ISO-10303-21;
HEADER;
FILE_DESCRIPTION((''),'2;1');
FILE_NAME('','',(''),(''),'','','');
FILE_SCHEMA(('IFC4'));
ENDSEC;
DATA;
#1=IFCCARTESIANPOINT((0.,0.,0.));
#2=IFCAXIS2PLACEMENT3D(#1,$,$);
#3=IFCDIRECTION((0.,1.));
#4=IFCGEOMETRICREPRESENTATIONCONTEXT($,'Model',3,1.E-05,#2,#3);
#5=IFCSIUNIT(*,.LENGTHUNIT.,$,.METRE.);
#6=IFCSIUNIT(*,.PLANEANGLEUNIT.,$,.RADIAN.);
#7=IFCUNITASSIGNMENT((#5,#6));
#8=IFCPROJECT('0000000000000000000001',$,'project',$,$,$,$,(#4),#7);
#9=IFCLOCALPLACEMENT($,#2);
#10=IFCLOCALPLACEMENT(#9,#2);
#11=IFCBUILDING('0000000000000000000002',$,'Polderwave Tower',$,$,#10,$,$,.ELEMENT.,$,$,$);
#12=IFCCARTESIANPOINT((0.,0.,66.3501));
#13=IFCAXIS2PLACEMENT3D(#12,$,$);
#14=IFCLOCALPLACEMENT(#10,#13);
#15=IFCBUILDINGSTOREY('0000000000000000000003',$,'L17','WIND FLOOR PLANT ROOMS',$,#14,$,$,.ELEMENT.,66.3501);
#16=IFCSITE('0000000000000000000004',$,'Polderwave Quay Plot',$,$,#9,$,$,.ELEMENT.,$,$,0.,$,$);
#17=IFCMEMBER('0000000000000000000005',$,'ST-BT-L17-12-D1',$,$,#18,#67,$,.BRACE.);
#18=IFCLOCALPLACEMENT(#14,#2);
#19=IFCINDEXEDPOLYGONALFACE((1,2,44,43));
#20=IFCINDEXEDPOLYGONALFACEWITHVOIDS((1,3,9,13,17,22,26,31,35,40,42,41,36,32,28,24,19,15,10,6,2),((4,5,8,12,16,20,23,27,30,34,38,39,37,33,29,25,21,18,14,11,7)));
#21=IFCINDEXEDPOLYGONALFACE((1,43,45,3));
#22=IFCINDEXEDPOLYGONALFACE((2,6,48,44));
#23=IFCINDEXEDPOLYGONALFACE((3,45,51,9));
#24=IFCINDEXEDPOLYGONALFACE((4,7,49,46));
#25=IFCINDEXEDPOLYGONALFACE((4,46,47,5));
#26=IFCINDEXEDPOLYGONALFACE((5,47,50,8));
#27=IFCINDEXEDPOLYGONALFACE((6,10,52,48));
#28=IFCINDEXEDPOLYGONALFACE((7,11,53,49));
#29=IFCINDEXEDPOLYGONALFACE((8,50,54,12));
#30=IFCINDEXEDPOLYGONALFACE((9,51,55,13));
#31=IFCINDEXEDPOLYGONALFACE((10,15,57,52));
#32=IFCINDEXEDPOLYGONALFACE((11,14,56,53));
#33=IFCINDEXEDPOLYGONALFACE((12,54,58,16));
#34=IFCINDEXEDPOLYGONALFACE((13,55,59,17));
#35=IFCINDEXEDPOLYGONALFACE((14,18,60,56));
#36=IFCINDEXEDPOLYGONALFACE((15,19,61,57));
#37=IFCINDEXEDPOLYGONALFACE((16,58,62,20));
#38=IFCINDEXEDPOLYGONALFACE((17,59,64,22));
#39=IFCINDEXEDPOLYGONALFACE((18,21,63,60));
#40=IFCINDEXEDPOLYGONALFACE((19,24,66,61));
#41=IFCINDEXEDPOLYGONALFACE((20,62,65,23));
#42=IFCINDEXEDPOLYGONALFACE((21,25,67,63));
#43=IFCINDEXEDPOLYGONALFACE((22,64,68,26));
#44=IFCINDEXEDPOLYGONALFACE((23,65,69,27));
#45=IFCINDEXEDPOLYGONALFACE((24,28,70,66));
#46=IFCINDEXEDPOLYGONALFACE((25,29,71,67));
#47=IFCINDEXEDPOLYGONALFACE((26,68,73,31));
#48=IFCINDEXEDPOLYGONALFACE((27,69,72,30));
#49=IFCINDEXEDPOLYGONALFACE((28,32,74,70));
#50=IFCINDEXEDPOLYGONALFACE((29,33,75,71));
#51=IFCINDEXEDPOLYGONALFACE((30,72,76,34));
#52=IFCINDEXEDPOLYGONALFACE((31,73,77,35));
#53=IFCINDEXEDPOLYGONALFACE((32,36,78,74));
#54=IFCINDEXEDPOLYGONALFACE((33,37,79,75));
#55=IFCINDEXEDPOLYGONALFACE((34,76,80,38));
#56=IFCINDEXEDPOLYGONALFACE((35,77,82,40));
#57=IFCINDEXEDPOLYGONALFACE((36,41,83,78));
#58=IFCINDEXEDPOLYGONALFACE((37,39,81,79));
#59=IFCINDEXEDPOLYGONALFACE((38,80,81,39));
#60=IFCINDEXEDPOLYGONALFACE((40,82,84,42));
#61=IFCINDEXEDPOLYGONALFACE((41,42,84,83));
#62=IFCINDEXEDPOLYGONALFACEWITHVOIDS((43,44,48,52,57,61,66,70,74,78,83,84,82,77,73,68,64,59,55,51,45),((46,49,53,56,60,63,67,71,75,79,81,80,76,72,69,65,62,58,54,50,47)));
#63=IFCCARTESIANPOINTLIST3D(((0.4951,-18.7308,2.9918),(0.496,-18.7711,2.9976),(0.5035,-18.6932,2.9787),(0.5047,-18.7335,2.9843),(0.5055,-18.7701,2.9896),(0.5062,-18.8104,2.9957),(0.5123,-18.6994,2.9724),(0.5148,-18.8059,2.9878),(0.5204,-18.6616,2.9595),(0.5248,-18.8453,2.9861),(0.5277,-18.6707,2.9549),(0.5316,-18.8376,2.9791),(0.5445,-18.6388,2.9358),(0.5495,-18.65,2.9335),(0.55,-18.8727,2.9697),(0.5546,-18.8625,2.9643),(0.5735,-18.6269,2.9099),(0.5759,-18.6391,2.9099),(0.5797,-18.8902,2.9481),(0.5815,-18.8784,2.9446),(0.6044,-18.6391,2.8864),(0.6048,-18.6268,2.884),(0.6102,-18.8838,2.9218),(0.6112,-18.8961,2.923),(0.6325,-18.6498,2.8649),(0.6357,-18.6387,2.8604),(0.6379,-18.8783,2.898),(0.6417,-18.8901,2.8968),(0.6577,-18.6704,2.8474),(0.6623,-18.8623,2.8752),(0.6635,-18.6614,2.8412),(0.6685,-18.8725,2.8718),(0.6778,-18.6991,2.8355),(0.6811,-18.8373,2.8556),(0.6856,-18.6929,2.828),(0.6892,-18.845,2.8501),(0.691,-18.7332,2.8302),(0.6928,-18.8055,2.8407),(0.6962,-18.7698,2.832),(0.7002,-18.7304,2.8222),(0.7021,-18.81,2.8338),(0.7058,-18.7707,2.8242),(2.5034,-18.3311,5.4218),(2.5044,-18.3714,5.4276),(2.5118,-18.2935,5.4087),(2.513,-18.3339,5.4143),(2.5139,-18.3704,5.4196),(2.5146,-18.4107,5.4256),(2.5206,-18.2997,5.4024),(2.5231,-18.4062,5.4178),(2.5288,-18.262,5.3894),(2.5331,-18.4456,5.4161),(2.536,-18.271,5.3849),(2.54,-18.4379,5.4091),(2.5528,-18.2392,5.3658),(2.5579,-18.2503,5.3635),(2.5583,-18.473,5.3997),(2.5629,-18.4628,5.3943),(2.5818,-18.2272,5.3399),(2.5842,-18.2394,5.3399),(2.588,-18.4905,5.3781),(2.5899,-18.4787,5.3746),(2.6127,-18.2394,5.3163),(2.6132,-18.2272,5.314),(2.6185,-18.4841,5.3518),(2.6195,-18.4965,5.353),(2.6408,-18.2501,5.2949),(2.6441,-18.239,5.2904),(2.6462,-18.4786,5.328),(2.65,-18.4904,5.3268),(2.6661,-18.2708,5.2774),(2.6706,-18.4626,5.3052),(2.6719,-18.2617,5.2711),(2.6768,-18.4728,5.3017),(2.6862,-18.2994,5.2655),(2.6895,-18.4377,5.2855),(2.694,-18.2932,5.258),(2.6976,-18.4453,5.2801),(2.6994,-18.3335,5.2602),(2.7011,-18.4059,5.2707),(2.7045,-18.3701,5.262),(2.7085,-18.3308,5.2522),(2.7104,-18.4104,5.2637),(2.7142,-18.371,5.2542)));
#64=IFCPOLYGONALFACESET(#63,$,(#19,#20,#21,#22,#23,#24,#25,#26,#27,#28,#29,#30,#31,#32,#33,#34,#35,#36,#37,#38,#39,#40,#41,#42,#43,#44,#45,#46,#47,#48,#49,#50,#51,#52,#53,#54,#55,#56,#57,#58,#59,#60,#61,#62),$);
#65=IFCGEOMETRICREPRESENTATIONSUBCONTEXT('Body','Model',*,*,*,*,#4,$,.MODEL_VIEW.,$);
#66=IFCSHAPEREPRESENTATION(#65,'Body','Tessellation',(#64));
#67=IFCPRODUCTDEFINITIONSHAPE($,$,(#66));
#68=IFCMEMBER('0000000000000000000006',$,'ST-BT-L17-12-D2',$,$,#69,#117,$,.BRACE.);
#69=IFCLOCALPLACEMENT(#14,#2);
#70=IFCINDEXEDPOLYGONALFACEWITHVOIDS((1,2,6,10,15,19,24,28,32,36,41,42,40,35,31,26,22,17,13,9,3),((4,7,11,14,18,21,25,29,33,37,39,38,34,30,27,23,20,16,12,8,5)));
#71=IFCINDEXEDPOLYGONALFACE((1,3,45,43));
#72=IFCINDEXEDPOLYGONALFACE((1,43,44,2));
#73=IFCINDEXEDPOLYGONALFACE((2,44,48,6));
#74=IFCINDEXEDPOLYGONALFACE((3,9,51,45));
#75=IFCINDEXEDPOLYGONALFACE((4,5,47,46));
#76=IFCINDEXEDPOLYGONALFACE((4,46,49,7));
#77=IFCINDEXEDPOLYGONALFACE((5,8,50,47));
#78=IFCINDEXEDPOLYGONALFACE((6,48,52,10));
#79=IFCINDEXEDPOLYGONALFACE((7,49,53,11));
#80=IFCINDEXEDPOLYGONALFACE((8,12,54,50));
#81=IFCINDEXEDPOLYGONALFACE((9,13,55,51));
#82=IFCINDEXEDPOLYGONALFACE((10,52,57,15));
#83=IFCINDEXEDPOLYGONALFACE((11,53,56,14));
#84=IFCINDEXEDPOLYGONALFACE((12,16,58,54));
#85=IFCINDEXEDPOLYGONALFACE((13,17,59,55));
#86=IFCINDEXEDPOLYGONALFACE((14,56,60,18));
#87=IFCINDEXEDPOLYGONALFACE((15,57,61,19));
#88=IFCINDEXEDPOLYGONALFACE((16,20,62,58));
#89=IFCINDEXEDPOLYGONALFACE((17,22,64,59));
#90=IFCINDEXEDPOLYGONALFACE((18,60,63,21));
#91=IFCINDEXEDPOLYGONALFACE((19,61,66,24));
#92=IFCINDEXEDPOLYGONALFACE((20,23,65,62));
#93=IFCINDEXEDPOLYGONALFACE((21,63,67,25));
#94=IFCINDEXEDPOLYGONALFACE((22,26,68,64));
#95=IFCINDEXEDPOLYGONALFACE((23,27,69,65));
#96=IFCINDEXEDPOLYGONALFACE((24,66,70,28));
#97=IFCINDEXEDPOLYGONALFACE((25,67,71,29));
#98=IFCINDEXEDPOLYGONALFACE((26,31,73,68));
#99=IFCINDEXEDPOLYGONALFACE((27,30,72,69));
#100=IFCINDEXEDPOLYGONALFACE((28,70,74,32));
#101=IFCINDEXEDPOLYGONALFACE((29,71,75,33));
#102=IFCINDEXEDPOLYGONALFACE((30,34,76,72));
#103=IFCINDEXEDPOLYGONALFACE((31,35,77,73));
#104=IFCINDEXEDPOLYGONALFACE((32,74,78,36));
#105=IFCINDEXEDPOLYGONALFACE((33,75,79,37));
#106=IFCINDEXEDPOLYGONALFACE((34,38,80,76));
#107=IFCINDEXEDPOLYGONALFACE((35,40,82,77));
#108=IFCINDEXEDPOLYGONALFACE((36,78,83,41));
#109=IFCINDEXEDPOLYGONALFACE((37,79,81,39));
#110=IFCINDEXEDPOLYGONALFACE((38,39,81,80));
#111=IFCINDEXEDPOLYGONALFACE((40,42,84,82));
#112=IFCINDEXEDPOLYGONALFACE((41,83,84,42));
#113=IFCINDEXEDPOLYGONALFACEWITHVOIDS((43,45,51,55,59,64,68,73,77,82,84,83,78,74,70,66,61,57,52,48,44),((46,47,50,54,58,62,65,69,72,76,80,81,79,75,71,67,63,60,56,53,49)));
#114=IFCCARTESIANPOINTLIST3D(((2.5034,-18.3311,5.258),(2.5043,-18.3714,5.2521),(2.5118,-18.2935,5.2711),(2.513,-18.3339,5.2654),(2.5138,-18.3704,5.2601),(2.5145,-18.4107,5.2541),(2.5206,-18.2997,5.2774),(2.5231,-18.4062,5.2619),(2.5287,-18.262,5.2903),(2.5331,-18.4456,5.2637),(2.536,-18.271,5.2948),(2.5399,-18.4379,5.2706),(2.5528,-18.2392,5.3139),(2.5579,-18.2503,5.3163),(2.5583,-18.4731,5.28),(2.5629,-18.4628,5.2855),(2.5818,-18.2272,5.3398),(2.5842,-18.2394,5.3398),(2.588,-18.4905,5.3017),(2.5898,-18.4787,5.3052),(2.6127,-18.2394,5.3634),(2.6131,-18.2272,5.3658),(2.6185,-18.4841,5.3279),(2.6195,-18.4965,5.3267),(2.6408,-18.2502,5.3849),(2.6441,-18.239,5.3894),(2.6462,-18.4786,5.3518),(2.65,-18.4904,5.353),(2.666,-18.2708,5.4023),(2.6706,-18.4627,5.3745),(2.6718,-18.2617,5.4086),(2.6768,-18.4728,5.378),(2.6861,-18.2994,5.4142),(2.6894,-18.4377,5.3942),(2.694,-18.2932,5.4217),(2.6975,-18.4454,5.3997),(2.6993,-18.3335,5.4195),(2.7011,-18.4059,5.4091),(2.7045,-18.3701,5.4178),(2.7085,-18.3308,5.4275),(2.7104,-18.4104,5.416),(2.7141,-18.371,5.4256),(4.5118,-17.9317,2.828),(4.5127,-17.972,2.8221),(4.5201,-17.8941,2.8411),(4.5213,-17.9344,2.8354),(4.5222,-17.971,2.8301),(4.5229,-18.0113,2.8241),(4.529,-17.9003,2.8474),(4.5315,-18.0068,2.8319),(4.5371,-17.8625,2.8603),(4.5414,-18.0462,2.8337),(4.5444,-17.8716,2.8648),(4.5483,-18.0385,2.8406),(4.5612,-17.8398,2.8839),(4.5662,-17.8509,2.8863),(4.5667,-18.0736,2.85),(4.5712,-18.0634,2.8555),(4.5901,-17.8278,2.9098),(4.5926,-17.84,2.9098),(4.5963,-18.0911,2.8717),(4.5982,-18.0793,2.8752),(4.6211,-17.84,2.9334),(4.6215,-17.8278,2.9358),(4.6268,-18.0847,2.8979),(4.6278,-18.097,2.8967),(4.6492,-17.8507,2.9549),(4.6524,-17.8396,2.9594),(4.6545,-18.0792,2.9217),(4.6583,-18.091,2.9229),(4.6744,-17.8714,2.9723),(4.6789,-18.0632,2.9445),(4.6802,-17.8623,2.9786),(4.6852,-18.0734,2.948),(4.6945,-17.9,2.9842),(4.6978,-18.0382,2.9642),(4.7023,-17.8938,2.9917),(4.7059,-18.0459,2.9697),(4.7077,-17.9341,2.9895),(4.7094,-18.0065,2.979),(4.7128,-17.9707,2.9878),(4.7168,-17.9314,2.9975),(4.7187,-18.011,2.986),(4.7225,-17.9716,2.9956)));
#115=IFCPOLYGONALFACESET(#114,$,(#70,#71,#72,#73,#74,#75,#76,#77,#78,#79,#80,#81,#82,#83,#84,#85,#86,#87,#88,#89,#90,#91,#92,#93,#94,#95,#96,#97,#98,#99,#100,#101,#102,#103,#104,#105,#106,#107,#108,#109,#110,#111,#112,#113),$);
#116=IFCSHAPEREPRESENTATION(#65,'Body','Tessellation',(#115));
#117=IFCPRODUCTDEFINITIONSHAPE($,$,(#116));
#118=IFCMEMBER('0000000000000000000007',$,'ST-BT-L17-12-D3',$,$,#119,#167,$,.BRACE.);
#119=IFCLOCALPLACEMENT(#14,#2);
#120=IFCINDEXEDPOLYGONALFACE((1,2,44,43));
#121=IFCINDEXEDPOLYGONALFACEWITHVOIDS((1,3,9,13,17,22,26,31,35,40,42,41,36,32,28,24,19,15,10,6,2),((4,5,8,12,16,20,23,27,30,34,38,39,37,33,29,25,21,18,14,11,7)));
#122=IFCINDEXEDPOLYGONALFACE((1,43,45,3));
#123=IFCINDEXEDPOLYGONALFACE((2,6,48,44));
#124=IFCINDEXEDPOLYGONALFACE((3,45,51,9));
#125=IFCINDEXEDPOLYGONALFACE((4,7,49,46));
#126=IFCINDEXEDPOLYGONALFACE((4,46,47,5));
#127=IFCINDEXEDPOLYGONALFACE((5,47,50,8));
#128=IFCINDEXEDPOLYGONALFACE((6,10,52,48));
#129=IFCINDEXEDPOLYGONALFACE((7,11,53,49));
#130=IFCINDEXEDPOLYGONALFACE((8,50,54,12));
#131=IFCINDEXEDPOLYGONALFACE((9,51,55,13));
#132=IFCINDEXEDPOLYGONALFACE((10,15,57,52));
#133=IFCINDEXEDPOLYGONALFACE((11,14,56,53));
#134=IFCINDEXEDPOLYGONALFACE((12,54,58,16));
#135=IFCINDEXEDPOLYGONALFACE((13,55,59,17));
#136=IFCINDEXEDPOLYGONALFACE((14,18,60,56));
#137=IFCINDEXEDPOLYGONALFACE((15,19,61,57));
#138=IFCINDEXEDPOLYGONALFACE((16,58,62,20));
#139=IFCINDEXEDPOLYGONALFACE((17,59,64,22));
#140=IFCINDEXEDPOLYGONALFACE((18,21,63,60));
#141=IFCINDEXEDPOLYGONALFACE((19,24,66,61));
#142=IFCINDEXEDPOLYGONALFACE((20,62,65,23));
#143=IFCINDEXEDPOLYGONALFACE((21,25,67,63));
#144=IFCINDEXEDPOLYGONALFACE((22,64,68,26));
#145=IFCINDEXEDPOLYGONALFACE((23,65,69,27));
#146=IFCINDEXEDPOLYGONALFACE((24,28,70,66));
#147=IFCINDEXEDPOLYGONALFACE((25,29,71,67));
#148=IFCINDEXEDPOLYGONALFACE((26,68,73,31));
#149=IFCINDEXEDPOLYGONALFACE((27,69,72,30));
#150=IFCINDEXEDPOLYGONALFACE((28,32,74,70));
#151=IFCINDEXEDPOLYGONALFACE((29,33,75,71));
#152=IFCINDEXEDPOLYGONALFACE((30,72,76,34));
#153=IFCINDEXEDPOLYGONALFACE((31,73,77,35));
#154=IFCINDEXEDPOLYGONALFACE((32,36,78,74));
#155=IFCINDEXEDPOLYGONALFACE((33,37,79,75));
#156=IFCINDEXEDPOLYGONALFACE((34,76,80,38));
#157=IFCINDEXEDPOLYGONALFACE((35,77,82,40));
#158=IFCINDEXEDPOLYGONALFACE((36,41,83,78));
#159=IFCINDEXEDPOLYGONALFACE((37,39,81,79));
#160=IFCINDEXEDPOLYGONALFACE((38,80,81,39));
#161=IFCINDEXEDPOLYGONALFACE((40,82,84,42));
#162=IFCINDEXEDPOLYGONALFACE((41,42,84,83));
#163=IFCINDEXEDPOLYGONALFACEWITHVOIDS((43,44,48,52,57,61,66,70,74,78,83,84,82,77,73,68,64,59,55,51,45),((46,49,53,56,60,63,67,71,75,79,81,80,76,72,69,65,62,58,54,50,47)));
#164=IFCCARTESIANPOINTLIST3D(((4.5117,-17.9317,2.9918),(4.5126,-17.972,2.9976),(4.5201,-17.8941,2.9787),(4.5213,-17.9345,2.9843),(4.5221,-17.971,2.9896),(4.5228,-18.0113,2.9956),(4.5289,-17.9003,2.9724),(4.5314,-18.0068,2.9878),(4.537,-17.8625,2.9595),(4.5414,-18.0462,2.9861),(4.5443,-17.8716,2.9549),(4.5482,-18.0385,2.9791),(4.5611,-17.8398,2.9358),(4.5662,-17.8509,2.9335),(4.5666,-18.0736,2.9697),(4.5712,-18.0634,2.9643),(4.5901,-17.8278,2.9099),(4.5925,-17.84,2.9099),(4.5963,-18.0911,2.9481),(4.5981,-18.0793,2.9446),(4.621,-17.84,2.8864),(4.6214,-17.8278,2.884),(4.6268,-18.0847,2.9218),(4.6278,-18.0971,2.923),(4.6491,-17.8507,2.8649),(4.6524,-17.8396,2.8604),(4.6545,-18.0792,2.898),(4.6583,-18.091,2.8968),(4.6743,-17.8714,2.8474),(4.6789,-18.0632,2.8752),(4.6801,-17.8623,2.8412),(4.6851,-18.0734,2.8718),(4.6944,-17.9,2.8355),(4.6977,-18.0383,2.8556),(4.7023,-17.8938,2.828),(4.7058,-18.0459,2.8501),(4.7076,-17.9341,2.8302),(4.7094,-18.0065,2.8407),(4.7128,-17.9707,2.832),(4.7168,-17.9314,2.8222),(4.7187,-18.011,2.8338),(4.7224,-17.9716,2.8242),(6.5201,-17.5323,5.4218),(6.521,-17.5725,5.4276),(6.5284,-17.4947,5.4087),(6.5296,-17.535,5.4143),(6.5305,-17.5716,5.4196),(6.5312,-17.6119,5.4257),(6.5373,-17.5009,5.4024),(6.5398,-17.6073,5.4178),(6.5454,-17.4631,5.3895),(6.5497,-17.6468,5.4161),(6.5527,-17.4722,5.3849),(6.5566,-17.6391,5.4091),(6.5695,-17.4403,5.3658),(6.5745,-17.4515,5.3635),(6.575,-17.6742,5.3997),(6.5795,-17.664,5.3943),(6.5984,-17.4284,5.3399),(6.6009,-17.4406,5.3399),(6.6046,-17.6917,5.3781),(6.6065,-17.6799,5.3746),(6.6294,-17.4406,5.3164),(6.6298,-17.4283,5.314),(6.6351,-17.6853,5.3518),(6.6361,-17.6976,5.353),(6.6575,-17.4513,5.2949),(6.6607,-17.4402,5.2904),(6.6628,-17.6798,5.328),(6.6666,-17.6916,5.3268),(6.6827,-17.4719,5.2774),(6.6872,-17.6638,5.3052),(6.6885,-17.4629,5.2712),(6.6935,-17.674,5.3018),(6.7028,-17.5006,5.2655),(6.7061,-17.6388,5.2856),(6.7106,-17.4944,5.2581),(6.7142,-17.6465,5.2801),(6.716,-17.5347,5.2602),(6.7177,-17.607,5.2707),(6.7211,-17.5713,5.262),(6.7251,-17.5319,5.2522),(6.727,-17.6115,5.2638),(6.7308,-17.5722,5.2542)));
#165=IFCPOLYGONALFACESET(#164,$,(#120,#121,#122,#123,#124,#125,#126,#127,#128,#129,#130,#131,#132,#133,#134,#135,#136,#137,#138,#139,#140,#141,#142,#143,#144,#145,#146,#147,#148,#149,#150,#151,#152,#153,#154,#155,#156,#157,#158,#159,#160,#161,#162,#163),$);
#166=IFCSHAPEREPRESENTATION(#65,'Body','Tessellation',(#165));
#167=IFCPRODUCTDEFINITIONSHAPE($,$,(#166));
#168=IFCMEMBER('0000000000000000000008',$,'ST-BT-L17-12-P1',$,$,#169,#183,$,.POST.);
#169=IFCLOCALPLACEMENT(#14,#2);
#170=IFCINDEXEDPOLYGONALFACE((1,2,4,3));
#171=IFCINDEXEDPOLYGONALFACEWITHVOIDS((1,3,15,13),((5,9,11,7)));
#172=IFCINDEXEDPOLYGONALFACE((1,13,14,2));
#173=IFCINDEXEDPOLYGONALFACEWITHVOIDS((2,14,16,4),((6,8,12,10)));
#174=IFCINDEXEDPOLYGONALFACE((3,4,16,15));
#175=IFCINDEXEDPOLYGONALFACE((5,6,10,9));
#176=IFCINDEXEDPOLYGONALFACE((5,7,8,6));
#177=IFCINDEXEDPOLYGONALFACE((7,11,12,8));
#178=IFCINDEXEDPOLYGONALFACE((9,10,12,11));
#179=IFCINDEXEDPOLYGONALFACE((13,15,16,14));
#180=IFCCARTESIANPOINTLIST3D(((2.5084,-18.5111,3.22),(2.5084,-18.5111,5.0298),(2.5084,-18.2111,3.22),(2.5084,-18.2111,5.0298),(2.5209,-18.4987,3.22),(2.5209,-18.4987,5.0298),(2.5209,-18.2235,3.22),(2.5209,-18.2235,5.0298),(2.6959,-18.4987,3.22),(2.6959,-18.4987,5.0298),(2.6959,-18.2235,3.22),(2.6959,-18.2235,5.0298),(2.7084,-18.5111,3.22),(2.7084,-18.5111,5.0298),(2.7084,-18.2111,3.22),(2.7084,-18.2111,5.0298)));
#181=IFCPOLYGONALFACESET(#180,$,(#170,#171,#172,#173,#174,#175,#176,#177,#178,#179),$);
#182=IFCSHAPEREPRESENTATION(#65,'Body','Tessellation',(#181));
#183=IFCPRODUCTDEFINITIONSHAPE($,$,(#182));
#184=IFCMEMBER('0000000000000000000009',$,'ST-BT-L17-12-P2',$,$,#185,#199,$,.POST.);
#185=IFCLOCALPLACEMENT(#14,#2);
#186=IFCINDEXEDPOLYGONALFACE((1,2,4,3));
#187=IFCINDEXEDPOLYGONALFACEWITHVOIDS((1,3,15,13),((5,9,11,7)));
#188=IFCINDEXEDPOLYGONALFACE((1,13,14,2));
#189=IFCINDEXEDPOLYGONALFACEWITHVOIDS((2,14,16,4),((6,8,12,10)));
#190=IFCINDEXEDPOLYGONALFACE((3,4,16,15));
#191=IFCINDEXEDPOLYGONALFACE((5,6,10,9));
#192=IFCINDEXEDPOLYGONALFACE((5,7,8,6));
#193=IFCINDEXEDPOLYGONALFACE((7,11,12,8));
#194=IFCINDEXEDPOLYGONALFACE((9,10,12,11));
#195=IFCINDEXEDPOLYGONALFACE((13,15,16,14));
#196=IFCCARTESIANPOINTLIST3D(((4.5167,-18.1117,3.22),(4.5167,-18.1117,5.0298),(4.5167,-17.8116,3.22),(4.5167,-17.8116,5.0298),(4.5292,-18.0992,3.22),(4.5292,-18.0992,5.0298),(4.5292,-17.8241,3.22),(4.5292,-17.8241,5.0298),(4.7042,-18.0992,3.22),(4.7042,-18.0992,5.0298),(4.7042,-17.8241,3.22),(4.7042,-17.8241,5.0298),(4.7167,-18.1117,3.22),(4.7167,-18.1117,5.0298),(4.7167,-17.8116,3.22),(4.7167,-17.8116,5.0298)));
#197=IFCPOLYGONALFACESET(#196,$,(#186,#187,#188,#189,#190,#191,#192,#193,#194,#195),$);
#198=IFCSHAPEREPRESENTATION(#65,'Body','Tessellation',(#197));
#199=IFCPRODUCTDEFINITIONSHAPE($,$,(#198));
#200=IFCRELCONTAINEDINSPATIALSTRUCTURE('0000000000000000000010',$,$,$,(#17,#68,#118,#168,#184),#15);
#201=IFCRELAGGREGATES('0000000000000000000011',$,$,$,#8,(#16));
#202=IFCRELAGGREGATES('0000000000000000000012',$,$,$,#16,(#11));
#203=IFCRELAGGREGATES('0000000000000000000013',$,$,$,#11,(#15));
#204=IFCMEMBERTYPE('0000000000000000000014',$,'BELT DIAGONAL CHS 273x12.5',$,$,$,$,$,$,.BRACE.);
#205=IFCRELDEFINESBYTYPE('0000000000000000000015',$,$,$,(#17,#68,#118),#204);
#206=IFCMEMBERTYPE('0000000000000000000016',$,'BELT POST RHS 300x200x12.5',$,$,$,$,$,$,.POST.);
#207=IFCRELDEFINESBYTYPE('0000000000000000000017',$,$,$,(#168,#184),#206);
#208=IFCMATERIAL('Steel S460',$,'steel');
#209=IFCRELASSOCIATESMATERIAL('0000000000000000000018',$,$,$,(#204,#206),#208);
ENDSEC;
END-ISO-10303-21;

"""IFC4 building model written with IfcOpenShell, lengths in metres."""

from ifc_helpers import new_model, si_unit, direction, frame, origin, origin_2d, place, context, subcontext, project, spatial, hollow_rectangle, hollow_circle, extrude, material, material_profile, profile_set, type_object, element, save


model = new_model("IFC4")

# Units and contexts
model_context = context("Model", 3, precision=1e-05, world=origin(), true_north=direction((0.0, 1.0)))
body_context = subcontext(model_context, "Body", "Model", "MODEL_VIEW")
ifc_project = project(units=[si_unit("LENGTHUNIT", "METRE"), si_unit("PLANEANGLEUNIT", "RADIAN")], contexts=[model_context])

# Site, building, storey
site_placement = place(None, origin())
site = spatial("IfcSite", under=ifc_project, at=site_placement, Name="Polderwave Quay Plot", CompositionType="ELEMENT", RefElevation=0.0)
building_placement = place(site_placement, origin())
building = spatial("IfcBuilding", under=site, at=building_placement, Name="Polderwave Tower", CompositionType="ELEMENT")
storey_placement = place(building_placement, frame((0.0, 0.0, 66.3501)))
storey = spatial("IfcBuildingStorey", under=building, at=storey_placement, Name="L17", Description="WIND FLOOR PLANT ROOMS", CompositionType="ELEMENT", Elevation=66.3501)

# Members
ifc_material_1 = material(Name="Steel S460", Category="steel")
ifc_material_profile_1 = material_profile(ifc_material_1, hollow_circle(Radius=0.1365, WallThickness=0.0125, at=origin_2d()), Name="CHS 273x12.5")
ifc_profile_set_1 = profile_set([ifc_material_profile_1], Name="Steel S460")
member_type_1 = type_object("IfcMemberType", Name="BELT DIAGONAL CHS 273x12.5", PredefinedType="BRACE", material=ifc_profile_set_1)
for number, where, z_axis, x_axis, name in (
    (1, (0.6001, -18.7607, 2.9099), (0.632005, 0.125771, 0.764691), (-0.195176, 0.980768, 0.0), "ST-BT-L17-12-D1"),
    (2, (2.6084, -18.3611, 5.3398), (0.632011, 0.125695, -0.764698), (-0.195061, 0.980791, 0.0), "ST-BT-L17-12-D2"),
    (3, (4.6167, -17.9617, 2.9099), (0.632011, 0.125695, 0.764698), (-0.195061, 0.980791, 0.0), "ST-BT-L17-12-D3"),
):
    element("IfcMember", number, at=place(storey_placement, frame(where, z_axis=z_axis, x_axis=x_axis)), inside=storey, type_object=member_type_1, Name=name, PredefinedType="BRACE", context=body_context, shape_type="SweptSolid", body=[
        extrude(hollow_circle(Radius=0.1365, WallThickness=0.0125, at=origin_2d()), origin(), (0.0, 0.0, 1.0), 3.1777),
    ])
ifc_material_profile_2 = material_profile(ifc_material_1, hollow_rectangle(XDim=0.2, YDim=0.3, WallThickness=0.0125, at=origin_2d()), Name="RHS 300x200x12.5")
ifc_profile_set_2 = profile_set([ifc_material_profile_2], Name="Steel S460")
member_type_2 = type_object("IfcMemberType", Name="BELT POST RHS 300x200x12.5", PredefinedType="POST", material=ifc_profile_set_2)
for number, where, z_axis, x_axis, name in (
    (4, (2.6084, -18.3611, 3.22), (0.0, 0.0, 1.0), (1.0, 0.0, 0.0), "ST-BT-L17-12-P1"),
    (5, (4.6167, -17.9617, 3.22), (0.0, 0.0, 1.0), (1.0, 0.0, 0.0), "ST-BT-L17-12-P2"),
):
    element("IfcMember", number, at=place(storey_placement, frame(where, z_axis=z_axis, x_axis=x_axis)), inside=storey, type_object=member_type_2, Name=name, PredefinedType="POST", context=body_context, shape_type="SweptSolid", body=[
        extrude(hollow_rectangle(XDim=0.2, YDim=0.3, WallThickness=0.0125, at=origin_2d()), origin(), (0.0, 0.0, 1.0), 1.8098),
    ])

save(model, "model.ifc")
